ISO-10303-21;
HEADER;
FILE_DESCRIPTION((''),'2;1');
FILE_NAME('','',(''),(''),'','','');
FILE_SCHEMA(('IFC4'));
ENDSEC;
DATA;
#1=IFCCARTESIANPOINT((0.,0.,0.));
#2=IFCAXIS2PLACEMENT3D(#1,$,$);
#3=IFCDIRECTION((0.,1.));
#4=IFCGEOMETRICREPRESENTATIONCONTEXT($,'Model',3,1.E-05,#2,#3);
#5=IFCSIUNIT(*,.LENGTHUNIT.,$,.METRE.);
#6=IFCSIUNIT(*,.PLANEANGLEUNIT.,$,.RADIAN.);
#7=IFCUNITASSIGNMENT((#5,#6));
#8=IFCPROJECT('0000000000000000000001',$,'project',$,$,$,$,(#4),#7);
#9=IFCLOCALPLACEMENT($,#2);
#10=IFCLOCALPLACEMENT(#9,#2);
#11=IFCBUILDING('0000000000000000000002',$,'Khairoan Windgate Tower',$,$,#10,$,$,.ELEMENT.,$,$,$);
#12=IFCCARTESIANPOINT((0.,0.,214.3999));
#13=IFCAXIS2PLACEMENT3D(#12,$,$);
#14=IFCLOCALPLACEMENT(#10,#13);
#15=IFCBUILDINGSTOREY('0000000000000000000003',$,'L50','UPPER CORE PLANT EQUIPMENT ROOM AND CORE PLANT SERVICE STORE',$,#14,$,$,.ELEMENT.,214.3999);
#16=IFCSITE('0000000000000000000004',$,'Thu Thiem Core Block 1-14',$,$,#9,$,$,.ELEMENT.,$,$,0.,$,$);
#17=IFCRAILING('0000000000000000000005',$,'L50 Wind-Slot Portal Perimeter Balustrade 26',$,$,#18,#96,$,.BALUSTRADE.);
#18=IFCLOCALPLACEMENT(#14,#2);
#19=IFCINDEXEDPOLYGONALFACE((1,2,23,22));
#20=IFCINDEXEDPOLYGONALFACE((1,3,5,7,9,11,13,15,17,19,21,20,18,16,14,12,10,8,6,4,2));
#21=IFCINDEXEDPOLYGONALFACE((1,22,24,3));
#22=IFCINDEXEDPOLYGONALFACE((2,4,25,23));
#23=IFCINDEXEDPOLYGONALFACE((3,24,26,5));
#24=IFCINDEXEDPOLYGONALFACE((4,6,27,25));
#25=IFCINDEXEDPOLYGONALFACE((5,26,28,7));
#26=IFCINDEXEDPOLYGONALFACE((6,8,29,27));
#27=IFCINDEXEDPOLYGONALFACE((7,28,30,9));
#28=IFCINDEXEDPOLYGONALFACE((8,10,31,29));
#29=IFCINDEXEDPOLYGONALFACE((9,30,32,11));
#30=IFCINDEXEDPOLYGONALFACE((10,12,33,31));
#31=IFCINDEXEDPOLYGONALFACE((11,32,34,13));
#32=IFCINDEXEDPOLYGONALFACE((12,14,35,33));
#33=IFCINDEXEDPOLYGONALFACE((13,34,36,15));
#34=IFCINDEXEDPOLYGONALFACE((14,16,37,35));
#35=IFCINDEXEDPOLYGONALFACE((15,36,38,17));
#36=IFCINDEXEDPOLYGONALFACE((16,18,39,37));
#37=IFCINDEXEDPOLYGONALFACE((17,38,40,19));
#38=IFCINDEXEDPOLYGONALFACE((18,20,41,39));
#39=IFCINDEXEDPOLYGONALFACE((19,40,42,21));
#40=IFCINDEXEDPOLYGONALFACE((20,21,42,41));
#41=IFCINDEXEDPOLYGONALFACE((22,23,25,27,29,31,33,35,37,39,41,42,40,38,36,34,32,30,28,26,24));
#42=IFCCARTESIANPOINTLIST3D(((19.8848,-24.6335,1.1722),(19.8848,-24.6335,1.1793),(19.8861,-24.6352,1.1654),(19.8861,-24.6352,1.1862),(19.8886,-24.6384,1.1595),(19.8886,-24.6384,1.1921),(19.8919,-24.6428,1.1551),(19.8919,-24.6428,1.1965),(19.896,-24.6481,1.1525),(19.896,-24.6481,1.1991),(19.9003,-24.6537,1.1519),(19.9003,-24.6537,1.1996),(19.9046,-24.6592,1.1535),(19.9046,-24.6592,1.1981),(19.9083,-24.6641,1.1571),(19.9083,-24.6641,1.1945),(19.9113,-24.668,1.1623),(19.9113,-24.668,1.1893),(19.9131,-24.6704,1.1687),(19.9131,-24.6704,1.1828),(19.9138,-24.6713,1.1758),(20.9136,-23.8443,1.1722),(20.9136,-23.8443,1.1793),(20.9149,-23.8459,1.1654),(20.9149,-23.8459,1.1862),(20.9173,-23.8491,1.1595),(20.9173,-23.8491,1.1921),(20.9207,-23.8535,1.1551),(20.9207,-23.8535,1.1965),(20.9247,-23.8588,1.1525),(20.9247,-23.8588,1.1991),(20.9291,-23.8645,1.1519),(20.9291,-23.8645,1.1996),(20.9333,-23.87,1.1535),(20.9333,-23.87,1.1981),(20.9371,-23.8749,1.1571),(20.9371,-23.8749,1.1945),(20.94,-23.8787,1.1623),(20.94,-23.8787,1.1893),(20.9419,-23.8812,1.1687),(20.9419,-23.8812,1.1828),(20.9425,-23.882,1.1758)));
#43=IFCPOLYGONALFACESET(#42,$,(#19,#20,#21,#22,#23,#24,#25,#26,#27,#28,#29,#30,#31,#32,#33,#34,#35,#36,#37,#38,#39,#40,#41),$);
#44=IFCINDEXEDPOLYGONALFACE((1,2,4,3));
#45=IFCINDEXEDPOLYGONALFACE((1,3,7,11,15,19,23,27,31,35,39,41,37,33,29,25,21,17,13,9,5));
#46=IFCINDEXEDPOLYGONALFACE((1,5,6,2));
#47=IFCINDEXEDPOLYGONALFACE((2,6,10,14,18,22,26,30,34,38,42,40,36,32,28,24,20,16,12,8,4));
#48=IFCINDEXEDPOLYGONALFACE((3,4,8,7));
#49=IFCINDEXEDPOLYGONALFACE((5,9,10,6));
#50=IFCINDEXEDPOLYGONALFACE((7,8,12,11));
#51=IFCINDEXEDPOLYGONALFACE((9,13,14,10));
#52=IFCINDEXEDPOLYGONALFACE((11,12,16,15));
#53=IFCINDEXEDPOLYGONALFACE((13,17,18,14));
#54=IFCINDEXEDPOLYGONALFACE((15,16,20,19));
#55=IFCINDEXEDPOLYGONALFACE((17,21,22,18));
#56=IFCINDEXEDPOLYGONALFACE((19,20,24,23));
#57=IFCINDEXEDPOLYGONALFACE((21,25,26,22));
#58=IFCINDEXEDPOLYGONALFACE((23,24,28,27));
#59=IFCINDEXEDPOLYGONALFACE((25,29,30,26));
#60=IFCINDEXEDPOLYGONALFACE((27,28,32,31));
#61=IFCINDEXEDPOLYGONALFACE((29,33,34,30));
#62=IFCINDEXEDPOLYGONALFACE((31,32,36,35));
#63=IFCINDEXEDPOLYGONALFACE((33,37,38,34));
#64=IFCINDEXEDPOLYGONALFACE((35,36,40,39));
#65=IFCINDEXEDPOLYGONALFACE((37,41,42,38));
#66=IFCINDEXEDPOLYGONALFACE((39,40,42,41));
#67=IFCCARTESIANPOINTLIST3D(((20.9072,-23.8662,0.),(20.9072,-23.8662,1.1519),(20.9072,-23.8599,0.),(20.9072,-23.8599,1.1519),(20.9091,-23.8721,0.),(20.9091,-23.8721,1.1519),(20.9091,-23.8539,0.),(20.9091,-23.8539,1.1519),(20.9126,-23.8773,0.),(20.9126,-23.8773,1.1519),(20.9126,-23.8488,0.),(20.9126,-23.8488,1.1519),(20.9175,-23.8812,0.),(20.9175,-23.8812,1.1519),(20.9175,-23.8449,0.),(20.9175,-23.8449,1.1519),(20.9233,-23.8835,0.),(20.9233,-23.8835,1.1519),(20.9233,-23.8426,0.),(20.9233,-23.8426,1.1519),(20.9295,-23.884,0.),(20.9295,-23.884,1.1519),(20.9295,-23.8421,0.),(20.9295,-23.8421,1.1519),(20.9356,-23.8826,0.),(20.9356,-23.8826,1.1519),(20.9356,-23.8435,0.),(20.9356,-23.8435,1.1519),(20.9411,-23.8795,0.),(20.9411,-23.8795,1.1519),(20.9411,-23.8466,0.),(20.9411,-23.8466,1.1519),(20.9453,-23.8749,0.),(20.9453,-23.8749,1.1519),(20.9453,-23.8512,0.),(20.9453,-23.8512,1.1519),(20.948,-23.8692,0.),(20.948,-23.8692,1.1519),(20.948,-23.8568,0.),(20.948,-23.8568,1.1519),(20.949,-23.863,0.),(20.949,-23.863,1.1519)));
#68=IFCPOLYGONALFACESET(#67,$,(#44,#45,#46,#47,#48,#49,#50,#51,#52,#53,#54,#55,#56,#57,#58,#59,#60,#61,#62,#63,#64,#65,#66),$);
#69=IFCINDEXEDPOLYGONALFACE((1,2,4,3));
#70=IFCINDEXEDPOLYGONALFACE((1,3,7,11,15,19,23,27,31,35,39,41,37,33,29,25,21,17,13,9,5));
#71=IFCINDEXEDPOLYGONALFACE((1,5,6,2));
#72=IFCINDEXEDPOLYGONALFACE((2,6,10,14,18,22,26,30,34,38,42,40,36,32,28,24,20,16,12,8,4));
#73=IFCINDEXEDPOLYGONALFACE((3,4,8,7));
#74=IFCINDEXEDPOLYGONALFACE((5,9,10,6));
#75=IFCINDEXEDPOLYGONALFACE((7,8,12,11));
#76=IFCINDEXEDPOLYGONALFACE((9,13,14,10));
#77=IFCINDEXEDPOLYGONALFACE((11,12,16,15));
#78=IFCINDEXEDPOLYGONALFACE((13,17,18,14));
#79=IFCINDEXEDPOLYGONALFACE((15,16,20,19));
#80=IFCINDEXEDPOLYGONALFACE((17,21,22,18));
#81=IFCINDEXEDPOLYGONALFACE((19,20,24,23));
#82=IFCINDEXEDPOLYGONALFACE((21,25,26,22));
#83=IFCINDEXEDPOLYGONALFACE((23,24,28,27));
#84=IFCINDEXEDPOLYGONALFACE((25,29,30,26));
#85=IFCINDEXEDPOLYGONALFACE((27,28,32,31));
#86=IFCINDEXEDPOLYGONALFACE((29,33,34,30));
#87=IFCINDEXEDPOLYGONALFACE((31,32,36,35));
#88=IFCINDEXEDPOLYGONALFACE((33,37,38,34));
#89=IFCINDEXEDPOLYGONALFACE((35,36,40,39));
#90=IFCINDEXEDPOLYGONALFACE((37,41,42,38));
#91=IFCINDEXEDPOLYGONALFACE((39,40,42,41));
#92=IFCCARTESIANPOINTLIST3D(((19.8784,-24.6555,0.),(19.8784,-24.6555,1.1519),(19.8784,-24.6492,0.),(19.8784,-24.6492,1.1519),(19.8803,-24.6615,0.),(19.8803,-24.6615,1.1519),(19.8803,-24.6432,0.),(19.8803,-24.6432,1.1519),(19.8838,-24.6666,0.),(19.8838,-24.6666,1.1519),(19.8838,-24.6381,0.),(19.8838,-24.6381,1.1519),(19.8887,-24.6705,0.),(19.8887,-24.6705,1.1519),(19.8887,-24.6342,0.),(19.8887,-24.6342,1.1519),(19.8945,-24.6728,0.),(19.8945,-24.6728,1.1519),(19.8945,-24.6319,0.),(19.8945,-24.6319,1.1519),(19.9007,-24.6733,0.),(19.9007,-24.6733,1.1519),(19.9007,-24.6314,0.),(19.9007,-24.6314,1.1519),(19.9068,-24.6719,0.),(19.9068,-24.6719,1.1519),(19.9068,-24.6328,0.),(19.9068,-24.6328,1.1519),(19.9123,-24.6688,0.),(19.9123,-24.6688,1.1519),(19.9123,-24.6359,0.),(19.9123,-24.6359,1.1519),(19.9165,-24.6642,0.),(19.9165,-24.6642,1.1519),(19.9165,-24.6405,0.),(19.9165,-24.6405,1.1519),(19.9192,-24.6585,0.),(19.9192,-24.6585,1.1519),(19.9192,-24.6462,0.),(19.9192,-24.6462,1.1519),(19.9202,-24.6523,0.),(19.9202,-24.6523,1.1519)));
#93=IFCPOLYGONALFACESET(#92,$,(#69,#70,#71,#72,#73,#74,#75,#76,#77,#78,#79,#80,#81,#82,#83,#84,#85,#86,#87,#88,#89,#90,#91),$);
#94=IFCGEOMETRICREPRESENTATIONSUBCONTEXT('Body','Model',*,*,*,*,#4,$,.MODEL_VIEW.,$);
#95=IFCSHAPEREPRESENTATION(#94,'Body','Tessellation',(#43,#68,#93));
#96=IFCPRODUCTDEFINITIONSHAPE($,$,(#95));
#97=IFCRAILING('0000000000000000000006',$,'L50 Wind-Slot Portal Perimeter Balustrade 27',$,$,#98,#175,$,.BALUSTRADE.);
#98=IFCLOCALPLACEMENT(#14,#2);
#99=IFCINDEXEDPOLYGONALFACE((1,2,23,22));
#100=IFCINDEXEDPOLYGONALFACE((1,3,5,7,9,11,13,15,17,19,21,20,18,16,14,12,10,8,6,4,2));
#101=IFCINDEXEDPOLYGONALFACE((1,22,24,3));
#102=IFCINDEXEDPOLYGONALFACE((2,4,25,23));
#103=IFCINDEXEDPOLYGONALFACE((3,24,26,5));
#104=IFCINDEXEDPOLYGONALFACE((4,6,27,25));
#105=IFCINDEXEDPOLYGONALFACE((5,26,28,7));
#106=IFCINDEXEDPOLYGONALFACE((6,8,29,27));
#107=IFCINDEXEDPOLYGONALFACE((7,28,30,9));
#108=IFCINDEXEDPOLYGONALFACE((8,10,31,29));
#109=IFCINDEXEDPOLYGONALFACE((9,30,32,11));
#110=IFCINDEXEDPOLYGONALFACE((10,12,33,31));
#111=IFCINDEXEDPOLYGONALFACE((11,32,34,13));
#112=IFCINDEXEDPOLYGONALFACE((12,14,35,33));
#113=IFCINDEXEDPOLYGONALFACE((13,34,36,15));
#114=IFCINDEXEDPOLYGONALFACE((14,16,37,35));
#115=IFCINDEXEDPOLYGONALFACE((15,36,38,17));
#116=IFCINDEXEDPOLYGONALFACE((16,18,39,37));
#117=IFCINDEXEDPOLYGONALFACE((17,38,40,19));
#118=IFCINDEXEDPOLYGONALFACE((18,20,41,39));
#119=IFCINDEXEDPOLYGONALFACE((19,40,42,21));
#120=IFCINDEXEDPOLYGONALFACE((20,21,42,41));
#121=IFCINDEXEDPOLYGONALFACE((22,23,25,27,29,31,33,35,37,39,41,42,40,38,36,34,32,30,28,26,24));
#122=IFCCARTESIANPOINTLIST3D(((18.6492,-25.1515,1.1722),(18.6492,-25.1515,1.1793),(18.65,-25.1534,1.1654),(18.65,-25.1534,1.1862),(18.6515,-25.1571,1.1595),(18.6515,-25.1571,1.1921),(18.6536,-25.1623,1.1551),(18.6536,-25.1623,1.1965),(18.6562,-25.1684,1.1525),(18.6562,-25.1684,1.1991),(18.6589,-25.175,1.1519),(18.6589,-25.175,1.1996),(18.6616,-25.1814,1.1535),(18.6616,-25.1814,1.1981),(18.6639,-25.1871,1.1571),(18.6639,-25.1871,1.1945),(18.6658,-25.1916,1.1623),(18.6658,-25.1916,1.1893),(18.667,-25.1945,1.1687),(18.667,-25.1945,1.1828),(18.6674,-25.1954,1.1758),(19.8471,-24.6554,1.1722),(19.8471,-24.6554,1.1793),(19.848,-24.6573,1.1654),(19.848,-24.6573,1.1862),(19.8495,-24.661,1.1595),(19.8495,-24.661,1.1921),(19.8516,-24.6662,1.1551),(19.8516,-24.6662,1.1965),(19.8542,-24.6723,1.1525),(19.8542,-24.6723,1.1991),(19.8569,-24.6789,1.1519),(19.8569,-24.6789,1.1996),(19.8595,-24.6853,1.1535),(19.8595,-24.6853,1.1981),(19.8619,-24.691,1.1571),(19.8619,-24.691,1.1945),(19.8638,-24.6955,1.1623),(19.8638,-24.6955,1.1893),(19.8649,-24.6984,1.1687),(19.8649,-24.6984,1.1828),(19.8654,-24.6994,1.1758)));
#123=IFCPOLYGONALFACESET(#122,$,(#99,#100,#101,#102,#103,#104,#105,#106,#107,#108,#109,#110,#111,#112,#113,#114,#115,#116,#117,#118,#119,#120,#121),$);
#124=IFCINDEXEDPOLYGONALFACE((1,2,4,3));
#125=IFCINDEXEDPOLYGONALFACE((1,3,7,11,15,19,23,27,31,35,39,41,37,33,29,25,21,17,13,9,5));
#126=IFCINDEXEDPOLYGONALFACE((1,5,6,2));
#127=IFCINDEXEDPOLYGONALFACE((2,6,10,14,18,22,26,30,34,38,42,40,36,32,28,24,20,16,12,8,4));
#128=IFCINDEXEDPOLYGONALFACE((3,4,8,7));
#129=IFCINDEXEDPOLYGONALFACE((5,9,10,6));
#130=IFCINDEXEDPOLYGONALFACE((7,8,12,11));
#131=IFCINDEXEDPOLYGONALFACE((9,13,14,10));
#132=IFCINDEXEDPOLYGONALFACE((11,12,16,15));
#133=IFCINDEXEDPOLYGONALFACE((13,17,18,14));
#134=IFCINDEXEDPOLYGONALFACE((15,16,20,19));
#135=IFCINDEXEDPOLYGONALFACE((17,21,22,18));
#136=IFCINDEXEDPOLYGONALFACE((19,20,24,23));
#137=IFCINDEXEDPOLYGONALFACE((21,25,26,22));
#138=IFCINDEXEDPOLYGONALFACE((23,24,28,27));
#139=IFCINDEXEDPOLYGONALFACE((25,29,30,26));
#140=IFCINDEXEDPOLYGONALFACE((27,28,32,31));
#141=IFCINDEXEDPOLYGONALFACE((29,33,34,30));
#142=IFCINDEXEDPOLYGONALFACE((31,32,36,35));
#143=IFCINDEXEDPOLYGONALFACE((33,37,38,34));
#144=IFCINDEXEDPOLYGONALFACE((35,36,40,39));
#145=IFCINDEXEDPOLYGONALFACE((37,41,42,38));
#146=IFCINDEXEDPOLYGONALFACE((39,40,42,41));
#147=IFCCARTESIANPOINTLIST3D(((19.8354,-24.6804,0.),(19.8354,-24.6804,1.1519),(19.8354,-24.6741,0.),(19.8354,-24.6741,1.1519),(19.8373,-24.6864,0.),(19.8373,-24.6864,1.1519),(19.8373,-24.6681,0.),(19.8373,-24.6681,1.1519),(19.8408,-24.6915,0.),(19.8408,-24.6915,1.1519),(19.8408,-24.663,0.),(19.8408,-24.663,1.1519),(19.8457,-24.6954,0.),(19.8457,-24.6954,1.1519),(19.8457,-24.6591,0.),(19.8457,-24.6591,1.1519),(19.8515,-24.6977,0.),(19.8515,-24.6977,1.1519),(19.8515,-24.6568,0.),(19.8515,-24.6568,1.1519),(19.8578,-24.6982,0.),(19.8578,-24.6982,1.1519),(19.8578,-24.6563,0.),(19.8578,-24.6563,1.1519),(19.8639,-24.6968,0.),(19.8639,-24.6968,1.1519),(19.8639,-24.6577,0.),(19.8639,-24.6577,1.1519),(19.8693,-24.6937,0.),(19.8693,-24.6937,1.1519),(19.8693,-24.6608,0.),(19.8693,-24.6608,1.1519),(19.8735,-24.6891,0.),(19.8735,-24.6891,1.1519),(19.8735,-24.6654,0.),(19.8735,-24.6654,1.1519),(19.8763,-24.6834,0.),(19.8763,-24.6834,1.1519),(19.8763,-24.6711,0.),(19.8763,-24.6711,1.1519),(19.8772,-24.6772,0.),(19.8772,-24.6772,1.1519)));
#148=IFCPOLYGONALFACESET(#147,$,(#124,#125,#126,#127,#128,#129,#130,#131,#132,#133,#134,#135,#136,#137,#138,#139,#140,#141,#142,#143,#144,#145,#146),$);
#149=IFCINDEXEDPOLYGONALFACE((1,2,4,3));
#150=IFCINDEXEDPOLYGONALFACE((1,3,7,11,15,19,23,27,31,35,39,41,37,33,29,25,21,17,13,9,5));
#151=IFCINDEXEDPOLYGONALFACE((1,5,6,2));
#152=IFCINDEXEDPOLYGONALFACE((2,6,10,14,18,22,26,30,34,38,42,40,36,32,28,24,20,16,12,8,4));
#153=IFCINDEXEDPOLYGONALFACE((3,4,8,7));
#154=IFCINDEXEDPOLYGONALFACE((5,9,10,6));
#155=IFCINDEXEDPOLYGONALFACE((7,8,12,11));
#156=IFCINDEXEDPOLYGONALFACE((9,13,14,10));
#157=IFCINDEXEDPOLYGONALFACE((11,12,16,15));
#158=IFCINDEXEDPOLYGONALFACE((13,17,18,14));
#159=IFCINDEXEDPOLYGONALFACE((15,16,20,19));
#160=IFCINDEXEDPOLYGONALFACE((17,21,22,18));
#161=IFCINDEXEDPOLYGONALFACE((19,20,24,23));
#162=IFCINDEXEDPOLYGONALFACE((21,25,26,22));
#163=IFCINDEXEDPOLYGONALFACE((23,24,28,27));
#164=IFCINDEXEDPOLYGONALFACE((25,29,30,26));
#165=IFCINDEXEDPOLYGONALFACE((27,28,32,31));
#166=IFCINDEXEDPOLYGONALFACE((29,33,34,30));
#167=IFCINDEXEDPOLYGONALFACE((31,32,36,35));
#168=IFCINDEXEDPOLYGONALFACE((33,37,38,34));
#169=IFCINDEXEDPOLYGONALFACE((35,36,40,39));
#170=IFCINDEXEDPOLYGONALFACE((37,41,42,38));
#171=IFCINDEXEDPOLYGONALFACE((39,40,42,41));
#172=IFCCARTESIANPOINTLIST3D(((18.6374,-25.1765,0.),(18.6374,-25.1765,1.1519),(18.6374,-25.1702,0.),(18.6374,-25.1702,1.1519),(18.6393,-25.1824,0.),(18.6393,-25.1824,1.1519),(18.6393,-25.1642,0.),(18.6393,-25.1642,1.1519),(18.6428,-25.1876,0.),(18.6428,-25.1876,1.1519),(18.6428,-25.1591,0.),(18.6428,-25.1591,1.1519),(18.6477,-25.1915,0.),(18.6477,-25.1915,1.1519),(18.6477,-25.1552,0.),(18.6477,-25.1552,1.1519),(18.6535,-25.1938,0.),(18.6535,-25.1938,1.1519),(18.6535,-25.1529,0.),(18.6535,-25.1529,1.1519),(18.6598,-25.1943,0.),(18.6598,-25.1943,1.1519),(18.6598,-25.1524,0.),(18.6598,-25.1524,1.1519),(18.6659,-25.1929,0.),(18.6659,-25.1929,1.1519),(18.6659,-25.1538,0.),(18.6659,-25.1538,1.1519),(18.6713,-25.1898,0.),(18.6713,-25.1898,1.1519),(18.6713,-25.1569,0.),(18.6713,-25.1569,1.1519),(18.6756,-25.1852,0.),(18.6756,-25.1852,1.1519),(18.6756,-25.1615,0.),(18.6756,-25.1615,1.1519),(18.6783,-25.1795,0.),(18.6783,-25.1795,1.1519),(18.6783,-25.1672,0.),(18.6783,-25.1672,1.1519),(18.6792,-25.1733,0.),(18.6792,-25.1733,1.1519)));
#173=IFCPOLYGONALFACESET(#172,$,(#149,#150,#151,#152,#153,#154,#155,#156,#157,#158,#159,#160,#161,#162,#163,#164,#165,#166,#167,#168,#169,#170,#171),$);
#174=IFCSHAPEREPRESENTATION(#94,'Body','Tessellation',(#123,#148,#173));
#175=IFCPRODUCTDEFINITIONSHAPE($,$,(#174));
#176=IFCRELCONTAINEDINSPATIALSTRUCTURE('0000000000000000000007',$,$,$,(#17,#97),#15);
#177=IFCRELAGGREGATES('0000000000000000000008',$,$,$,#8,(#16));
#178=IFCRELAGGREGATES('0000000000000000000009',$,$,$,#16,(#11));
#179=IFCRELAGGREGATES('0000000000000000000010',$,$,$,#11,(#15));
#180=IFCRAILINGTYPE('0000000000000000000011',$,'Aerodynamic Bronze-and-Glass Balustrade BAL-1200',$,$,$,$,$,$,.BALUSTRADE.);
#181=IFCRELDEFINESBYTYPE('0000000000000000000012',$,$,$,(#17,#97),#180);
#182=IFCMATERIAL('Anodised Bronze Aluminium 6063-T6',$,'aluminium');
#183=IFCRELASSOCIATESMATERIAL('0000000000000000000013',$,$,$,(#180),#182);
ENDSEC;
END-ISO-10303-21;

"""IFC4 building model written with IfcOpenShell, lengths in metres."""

from ifc_helpers import new_model, si_unit, direction, frame, origin, origin_2d, place, context, subcontext, project, spatial, circle, extrude, material, type_object, element, save


model = new_model("IFC4")

# Units and contexts
model_context = context("Model", 3, precision=1e-05, world=origin(), true_north=direction((0.0, 1.0)))
body_context = subcontext(model_context, "Body", "Model", "MODEL_VIEW")
ifc_project = project(units=[si_unit("LENGTHUNIT", "METRE"), si_unit("PLANEANGLEUNIT", "RADIAN")], contexts=[model_context])

# Site, building, storey
site_placement = place(None, origin())
site = spatial("IfcSite", under=ifc_project, at=site_placement, Name="Thu Thiem Core Block 1-14", CompositionType="ELEMENT", RefElevation=0.0)
building_placement = place(site_placement, origin())
building = spatial("IfcBuilding", under=site, at=building_placement, Name="Khairoan Windgate Tower", CompositionType="ELEMENT")
storey_placement = place(building_placement, frame((0.0, 0.0, 214.3999)))
storey = spatial("IfcBuildingStorey", under=building, at=storey_placement, Name="L50", Description="UPPER CORE PLANT EQUIPMENT ROOM AND CORE PLANT SERVICE STORE", CompositionType="ELEMENT", Elevation=214.3999)

# Railings
ifc_material_1 = material(Name="Anodised Bronze Aluminium 6063-T6", Category="aluminium")
railing_type_1 = type_object("IfcRailingType", Name="Aerodynamic Bronze-and-Glass Balustrade BAL-1200", PredefinedType="BALUSTRADE", material=ifc_material_1)
railing_1_placement = place(storey_placement, frame((20.928, -23.863, 0.0)))
element("IfcRailing", 1, at=railing_1_placement, inside=storey, type_object=railing_type_1, Name="L50 Wind-Slot Portal Perimeter Balustrade 26", PredefinedType="BALUSTRADE", context=body_context, shape_type="SweptSolid", body=[
    extrude(circle(Radius=0.0239, at=origin_2d()), frame((0.0, 0.0, 1.1758), z_axis=(-0.7934, -0.6087, 0.0), x_axis=(0.6087, -0.7934, 0.0)), (0.0, 0.0, 1.0), 1.2966),
    extrude(circle(Radius=0.021, at=origin_2d()), origin(), (0.0, 0.0, 1.0), 1.1519),
    extrude(circle(Radius=0.021, at=origin_2d()), frame((-1.0288, -0.7893, 0.0)), (0.0, 0.0, 1.0), 1.1519),
])
railing_2_placement = place(storey_placement, frame((19.8562, -24.6772, 0.0)))
element("IfcRailing", 2, at=railing_2_placement, inside=storey, type_object=railing_type_1, Name="L50 Wind-Slot Portal Perimeter Balustrade 27", PredefinedType="BALUSTRADE", context=body_context, shape_type="SweptSolid", body=[
    extrude(circle(Radius=0.0239, at=origin_2d()), frame((0.0, 0.0, 1.1758), z_axis=(-0.923916, -0.382596, 0.0), x_axis=(0.382596, -0.923916, 0.0)), (0.0, 0.0, 1.0), 1.2966),
    extrude(circle(Radius=0.021, at=origin_2d()), origin(), (0.0, 0.0, 1.0), 1.1519),
    extrude(circle(Radius=0.021, at=origin_2d()), frame((-1.198, -0.4961, 0.0)), (0.0, 0.0, 1.0), 1.1519),
])

save(model, "model.ifc")
